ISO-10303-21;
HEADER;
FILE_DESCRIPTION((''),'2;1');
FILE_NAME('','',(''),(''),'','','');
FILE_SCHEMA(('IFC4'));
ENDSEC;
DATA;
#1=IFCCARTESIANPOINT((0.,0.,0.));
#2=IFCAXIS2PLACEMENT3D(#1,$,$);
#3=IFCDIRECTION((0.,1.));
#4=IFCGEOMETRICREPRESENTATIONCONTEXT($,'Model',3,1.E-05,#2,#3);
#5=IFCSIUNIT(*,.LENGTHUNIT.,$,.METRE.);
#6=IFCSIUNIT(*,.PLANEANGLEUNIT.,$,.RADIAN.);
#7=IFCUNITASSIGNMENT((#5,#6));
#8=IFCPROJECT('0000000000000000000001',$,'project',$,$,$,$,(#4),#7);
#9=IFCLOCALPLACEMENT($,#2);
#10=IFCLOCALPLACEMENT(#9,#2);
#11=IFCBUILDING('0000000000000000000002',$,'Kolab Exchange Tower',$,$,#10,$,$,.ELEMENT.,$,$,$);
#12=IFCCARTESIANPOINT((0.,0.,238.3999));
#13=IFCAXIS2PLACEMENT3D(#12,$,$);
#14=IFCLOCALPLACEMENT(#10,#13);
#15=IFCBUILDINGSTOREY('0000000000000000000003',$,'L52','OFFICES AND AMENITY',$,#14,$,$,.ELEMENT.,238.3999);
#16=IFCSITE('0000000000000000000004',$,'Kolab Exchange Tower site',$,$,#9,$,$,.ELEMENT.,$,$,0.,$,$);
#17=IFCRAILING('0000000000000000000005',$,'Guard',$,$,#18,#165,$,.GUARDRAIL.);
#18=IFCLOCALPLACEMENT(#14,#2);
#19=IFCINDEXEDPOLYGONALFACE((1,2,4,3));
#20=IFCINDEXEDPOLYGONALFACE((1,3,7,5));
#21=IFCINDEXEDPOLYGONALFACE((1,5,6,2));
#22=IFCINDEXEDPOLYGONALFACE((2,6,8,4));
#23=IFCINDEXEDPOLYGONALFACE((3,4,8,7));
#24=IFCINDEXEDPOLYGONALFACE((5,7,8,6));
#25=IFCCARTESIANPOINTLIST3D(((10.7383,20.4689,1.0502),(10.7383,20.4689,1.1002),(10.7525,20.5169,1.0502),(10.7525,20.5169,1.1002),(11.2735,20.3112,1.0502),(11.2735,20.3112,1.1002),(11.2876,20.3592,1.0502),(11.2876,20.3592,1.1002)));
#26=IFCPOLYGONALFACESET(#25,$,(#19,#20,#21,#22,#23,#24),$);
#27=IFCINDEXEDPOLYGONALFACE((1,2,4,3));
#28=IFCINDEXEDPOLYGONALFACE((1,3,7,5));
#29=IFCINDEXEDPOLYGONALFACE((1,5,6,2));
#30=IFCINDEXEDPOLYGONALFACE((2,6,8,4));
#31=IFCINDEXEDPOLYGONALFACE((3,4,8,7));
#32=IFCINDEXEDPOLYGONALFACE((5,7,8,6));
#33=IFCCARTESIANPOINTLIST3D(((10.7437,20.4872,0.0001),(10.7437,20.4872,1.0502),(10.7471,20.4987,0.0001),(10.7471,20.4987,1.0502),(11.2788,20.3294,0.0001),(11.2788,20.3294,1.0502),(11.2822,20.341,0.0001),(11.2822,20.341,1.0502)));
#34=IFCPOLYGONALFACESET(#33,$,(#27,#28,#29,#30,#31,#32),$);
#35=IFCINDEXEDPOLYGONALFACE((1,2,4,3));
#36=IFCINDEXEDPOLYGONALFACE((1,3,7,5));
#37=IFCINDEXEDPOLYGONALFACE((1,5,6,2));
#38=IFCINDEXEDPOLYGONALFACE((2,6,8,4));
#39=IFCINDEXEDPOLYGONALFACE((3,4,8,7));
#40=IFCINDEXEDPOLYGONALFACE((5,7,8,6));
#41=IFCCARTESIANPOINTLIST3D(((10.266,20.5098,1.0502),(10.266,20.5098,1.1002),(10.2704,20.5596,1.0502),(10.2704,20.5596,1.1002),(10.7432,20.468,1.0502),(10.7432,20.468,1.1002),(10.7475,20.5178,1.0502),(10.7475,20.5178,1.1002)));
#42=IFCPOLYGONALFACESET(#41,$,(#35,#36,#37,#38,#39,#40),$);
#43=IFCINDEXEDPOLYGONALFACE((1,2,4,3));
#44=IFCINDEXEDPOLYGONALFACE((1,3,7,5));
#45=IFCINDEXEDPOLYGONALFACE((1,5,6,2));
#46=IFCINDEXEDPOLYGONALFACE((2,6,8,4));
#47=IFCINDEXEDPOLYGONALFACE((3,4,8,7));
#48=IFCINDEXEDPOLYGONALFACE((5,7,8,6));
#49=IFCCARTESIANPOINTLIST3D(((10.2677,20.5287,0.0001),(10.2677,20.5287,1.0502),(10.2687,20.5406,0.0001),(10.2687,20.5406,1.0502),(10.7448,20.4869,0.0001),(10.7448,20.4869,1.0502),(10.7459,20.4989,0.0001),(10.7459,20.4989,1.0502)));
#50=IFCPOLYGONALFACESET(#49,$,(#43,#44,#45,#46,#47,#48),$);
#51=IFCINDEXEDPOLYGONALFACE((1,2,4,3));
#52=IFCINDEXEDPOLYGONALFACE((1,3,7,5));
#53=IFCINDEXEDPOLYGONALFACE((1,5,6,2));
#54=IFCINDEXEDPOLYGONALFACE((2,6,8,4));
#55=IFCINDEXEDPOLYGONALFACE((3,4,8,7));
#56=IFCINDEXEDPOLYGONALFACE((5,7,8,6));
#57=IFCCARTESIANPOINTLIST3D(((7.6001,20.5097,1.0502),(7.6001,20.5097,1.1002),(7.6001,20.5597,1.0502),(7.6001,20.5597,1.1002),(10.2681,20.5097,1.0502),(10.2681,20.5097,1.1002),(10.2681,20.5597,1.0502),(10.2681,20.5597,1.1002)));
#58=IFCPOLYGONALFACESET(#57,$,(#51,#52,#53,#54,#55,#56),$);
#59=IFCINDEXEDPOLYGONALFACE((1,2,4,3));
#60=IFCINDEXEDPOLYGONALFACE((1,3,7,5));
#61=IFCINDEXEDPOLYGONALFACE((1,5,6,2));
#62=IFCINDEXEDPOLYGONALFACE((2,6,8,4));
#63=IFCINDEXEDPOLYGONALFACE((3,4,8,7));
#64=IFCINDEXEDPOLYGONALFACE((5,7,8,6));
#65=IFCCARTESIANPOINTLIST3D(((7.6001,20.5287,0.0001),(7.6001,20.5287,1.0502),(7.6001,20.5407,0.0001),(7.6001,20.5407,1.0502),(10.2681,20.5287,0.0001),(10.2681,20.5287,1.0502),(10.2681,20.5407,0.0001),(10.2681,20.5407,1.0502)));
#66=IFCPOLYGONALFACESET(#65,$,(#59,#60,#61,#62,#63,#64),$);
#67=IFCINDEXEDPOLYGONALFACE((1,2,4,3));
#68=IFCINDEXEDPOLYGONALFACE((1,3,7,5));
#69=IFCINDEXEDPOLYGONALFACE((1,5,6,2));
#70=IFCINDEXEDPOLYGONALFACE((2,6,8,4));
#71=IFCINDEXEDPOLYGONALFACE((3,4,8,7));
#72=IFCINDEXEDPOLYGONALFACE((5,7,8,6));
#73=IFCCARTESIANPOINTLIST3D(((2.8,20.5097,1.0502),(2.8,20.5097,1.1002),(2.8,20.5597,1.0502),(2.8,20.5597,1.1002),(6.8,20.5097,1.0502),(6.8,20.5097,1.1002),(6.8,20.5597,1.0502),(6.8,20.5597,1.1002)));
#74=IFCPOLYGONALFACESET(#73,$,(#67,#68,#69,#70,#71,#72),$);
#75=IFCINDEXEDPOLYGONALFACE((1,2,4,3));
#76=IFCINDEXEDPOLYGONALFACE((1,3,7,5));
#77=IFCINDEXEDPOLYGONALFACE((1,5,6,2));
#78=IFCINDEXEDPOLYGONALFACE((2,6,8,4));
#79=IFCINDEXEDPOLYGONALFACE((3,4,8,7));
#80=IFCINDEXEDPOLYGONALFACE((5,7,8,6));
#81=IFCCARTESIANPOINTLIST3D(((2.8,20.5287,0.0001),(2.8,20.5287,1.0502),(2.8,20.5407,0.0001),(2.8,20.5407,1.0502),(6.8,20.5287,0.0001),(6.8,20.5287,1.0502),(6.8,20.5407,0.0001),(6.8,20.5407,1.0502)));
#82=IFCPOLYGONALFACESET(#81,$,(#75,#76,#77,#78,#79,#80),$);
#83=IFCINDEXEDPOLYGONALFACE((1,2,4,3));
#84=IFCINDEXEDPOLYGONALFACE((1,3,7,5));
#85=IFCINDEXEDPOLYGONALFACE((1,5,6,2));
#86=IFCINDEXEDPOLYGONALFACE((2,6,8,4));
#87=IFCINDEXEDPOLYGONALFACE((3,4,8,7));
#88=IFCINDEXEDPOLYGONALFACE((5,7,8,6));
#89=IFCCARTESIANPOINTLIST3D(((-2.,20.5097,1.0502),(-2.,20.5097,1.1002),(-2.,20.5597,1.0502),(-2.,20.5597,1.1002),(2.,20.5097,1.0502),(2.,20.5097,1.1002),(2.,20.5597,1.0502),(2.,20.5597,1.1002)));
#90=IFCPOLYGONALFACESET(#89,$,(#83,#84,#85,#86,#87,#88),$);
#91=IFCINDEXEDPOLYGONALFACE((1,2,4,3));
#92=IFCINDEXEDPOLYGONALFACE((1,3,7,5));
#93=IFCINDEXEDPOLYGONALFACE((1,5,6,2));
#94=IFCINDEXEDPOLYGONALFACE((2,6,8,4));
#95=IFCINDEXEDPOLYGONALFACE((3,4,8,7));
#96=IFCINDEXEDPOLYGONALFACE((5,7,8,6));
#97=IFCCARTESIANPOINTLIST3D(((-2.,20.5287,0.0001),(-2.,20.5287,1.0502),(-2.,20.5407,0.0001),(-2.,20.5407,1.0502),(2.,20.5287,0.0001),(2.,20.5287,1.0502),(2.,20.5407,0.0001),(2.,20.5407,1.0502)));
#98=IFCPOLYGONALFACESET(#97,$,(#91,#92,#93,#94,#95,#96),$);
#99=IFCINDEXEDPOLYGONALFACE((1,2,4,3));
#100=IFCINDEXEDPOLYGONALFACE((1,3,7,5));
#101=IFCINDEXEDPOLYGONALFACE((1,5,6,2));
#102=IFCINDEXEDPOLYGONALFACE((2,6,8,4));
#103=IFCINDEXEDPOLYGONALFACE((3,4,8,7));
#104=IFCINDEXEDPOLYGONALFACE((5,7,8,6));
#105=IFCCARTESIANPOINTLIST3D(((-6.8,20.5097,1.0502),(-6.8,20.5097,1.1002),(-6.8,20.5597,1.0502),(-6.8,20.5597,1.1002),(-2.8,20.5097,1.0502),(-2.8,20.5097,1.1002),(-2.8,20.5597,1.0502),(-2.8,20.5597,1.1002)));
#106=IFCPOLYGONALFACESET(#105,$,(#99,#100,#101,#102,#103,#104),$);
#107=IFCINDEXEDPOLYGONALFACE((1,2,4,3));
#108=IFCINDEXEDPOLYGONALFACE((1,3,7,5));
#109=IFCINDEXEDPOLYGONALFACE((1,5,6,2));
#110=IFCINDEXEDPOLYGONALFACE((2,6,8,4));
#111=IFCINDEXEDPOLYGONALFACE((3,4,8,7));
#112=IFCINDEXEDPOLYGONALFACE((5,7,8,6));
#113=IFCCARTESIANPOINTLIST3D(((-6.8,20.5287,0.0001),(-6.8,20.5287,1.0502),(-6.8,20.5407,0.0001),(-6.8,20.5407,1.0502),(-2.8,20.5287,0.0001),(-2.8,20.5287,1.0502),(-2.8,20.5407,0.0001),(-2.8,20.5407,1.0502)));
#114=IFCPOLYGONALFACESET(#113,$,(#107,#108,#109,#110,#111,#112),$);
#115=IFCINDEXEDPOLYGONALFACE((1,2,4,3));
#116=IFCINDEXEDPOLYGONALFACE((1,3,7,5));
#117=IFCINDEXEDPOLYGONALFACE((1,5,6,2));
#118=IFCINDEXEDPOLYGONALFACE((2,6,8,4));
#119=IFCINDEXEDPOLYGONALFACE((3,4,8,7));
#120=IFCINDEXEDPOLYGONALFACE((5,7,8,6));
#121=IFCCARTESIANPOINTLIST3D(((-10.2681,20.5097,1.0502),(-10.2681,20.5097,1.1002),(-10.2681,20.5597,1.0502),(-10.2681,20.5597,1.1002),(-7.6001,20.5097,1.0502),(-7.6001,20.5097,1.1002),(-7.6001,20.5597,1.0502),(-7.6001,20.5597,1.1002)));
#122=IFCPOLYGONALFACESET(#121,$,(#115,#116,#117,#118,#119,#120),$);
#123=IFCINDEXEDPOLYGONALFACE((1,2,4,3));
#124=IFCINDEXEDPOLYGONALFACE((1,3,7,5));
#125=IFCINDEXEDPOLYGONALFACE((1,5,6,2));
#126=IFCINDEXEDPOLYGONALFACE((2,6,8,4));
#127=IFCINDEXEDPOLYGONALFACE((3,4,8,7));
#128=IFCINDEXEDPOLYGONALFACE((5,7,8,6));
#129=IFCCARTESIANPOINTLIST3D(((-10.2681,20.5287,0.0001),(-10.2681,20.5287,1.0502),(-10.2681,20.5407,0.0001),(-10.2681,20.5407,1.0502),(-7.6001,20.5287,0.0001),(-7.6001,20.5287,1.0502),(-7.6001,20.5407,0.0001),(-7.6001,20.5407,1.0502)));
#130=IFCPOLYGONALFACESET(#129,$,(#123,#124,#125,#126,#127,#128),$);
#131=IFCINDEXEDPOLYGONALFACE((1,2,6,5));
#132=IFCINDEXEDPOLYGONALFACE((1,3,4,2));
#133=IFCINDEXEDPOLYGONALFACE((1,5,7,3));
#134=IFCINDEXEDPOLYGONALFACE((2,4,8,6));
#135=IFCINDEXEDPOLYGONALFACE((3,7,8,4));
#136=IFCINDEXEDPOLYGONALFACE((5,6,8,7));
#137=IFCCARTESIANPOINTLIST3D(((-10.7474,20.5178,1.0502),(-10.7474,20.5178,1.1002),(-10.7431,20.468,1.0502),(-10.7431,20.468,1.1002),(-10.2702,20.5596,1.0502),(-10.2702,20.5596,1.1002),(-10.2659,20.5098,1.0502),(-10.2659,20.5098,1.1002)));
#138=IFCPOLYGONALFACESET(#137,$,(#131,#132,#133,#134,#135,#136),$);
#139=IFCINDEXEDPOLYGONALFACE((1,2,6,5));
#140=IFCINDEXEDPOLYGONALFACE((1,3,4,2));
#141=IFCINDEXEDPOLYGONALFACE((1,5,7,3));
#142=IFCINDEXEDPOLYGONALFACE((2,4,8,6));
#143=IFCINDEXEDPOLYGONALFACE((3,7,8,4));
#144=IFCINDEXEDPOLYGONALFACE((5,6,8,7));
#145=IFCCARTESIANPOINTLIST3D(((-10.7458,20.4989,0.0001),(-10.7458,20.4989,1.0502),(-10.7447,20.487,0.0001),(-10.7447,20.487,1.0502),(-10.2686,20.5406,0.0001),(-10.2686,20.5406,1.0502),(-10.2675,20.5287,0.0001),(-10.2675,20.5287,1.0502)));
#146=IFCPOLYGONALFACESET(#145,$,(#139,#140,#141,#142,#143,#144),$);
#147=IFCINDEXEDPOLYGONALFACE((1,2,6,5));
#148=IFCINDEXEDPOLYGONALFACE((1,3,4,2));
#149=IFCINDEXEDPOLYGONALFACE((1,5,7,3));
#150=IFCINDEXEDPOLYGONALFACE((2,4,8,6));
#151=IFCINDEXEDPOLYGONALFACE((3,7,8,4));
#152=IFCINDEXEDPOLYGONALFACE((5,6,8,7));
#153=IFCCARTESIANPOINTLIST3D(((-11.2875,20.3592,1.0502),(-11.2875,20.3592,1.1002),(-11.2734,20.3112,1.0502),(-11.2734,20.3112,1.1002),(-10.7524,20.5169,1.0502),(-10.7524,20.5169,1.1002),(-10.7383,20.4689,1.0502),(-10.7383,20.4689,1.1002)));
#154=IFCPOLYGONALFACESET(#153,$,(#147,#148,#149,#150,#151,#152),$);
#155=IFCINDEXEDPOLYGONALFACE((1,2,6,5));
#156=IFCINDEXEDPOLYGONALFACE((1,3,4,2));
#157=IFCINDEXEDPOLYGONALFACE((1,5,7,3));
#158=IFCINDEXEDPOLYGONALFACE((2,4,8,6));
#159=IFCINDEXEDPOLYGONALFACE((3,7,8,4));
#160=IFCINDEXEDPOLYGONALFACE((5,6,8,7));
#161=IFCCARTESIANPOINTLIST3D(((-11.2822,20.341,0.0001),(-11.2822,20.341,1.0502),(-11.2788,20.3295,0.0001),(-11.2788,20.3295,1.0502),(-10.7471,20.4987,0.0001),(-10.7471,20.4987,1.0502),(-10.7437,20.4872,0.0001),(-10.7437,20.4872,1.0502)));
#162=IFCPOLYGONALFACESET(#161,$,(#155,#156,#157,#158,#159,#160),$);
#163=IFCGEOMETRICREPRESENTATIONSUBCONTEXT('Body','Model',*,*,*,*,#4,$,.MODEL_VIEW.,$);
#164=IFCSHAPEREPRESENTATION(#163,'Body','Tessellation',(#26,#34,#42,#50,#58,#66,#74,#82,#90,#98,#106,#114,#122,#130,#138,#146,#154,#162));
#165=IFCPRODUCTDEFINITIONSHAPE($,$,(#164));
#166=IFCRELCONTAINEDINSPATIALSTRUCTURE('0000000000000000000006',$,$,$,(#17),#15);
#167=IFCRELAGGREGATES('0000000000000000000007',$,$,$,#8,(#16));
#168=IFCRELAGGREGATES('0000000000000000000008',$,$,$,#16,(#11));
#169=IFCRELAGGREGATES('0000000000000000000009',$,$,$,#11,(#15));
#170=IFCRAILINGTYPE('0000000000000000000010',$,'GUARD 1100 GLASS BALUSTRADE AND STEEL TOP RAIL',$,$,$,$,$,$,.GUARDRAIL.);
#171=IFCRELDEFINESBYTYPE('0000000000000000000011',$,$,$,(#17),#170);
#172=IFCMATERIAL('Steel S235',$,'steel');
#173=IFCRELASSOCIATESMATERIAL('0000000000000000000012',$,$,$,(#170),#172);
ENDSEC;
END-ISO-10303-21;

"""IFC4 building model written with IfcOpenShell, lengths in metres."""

from ifc_helpers import new_model, si_unit, direction, frame, frame_2d, origin, origin_2d, place, context, subcontext, project, spatial, rectangle, extrude, material, type_object, element, save


model = new_model("IFC4")

# Units and contexts
model_context = context("Model", 3, precision=1e-05, world=origin(), true_north=direction((0.0, 1.0)))
body_context = subcontext(model_context, "Body", "Model", "MODEL_VIEW")
ifc_project = project(units=[si_unit("LENGTHUNIT", "METRE"), si_unit("PLANEANGLEUNIT", "RADIAN")], contexts=[model_context])

# Site, building, storey
site_placement = place(None, origin())
site = spatial("IfcSite", under=ifc_project, at=site_placement, Name="Kolab Exchange Tower site", CompositionType="ELEMENT", RefElevation=0.0)
building_placement = place(site_placement, origin())
building = spatial("IfcBuilding", under=site, at=building_placement, Name="Kolab Exchange Tower", CompositionType="ELEMENT")
storey_placement = place(building_placement, frame((0.0, 0.0, 238.3999)))
storey = spatial("IfcBuildingStorey", under=building, at=storey_placement, Name="L52", Description="OFFICES AND AMENITY", CompositionType="ELEMENT", Elevation=238.3999)

# Railing
ifc_material_1 = material(Name="Steel S235", Category="steel")
railing_type = type_object("IfcRailingType", Name="GUARD 1100 GLASS BALUSTRADE AND STEEL TOP RAIL", PredefinedType="GUARDRAIL", material=ifc_material_1)
railing_placement = place(storey_placement, frame((11.2805, 20.3352, 0.0)))
element("IfcRailing", 1, at=railing_placement, inside=storey, type_object=railing_type, Name="Guard", PredefinedType="GUARDRAIL", context=body_context, shape_type="SweptSolid", body=[
    extrude(rectangle(XDim=0.05, YDim=0.05, at=origin_2d()), frame((0.0, 0.0, 1.0752), z_axis=(-0.959212, 0.282687, 0.0), x_axis=(-0.282687, -0.959212, 0.0)), (0.0, 0.0, 1.0), 0.5579),
    extrude(rectangle(XDim=0.012, YDim=1.0501, at=frame_2d((0.0, 0.5251))), frame((0.0, 0.0, 0.0), z_axis=(-0.959212, 0.282687, 0.0), x_axis=(-0.282687, -0.959212, 0.0)), (0.0, 0.0, 1.0), 0.5579),
    extrude(rectangle(XDim=0.05, YDim=0.05, at=origin_2d()), frame((-0.5352, 0.1577, 1.0752), z_axis=(-0.996196, 0.087135, 0.0), x_axis=(-0.087135, -0.996196, 0.0)), (0.0, 0.0, 1.0), 0.479),
    extrude(rectangle(XDim=0.012, YDim=1.0501, at=frame_2d((0.0, 0.5251))), frame((-0.5352, 0.1577, 0.0), z_axis=(-0.996196, 0.087135, 0.0), x_axis=(-0.087135, -0.996196, 0.0)), (0.0, 0.0, 1.0), 0.479),
    extrude(rectangle(XDim=0.05, YDim=0.05, at=origin_2d()), frame((-1.0125, 0.1995, 1.0752), z_axis=(-1.0, 0.0, 0.0), x_axis=(0.0, -1.0, 0.0)), (0.0, 0.0, 1.0), 2.668),
    extrude(rectangle(XDim=0.012, YDim=1.0501, at=frame_2d((0.0, 0.5251))), frame((-1.0125, 0.1995, 0.0), z_axis=(-1.0, 0.0, 0.0), x_axis=(0.0, -1.0, 0.0)), (0.0, 0.0, 1.0), 2.668),
    extrude(rectangle(XDim=0.05, YDim=0.05, at=origin_2d()), frame((-4.4805, 0.1995, 1.0752), z_axis=(-1.0, 0.0, 0.0), x_axis=(0.0, -1.0, 0.0)), (0.0, 0.0, 1.0), 4.0),
    extrude(rectangle(XDim=0.012, YDim=1.0501, at=frame_2d((0.0, 0.5251))), frame((-4.4805, 0.1995, 0.0), z_axis=(-1.0, 0.0, 0.0), x_axis=(0.0, -1.0, 0.0)), (0.0, 0.0, 1.0), 4.0),
    extrude(rectangle(XDim=0.05, YDim=0.05, at=origin_2d()), frame((-9.2805, 0.1995, 1.0752), z_axis=(-1.0, 0.0, 0.0), x_axis=(0.0, -1.0, 0.0)), (0.0, 0.0, 1.0), 4.0),
    extrude(rectangle(XDim=0.012, YDim=1.0501, at=frame_2d((0.0, 0.5251))), frame((-9.2805, 0.1995, 0.0), z_axis=(-1.0, 0.0, 0.0), x_axis=(0.0, -1.0, 0.0)), (0.0, 0.0, 1.0), 4.0),
    extrude(rectangle(XDim=0.05, YDim=0.05, at=origin_2d()), frame((-14.0806, 0.1995, 1.0752), z_axis=(-1.0, 0.0, 0.0), x_axis=(0.0, -1.0, 0.0)), (0.0, 0.0, 1.0), 4.0),
    extrude(rectangle(XDim=0.012, YDim=1.0501, at=frame_2d((0.0, 0.5251))), frame((-14.0806, 0.1995, 0.0), z_axis=(-1.0, 0.0, 0.0), x_axis=(0.0, -1.0, 0.0)), (0.0, 0.0, 1.0), 4.0),
    extrude(rectangle(XDim=0.05, YDim=0.05, at=origin_2d()), frame((-18.8806, 0.1995, 1.0752), z_axis=(-1.0, 0.0, 0.0), x_axis=(0.0, -1.0, 0.0)), (0.0, 0.0, 1.0), 2.668),
    extrude(rectangle(XDim=0.012, YDim=1.0501, at=frame_2d((0.0, 0.5251))), frame((-18.8806, 0.1995, 0.0), z_axis=(-1.0, 0.0, 0.0), x_axis=(0.0, -1.0, 0.0)), (0.0, 0.0, 1.0), 2.668),
    extrude(rectangle(XDim=0.05, YDim=0.05, at=origin_2d()), frame((-21.5486, 0.1995, 1.0752), z_axis=(-0.996196, -0.087135, 0.0), x_axis=(0.087135, -0.996196, 0.0)), (0.0, 0.0, 1.0), 0.479),
    extrude(rectangle(XDim=0.012, YDim=1.0501, at=frame_2d((0.0, 0.5251))), frame((-21.5486, 0.1995, 0.0), z_axis=(-0.996196, -0.087135, 0.0), x_axis=(0.087135, -0.996196, 0.0)), (0.0, 0.0, 1.0), 0.479),
    extrude(rectangle(XDim=0.05, YDim=0.05, at=origin_2d()), frame((-22.0259, 0.1577, 1.0752), z_axis=(-0.959212, -0.282687, 0.0), x_axis=(0.282687, -0.959212, 0.0)), (0.0, 0.0, 1.0), 0.5579),
    extrude(rectangle(XDim=0.012, YDim=1.0501, at=frame_2d((0.0, 0.5251))), frame((-22.0259, 0.1577, 0.0), z_axis=(-0.959212, -0.282687, 0.0), x_axis=(0.282687, -0.959212, 0.0)), (0.0, 0.0, 1.0), 0.5579),
])

save(model, "model.ifc")
